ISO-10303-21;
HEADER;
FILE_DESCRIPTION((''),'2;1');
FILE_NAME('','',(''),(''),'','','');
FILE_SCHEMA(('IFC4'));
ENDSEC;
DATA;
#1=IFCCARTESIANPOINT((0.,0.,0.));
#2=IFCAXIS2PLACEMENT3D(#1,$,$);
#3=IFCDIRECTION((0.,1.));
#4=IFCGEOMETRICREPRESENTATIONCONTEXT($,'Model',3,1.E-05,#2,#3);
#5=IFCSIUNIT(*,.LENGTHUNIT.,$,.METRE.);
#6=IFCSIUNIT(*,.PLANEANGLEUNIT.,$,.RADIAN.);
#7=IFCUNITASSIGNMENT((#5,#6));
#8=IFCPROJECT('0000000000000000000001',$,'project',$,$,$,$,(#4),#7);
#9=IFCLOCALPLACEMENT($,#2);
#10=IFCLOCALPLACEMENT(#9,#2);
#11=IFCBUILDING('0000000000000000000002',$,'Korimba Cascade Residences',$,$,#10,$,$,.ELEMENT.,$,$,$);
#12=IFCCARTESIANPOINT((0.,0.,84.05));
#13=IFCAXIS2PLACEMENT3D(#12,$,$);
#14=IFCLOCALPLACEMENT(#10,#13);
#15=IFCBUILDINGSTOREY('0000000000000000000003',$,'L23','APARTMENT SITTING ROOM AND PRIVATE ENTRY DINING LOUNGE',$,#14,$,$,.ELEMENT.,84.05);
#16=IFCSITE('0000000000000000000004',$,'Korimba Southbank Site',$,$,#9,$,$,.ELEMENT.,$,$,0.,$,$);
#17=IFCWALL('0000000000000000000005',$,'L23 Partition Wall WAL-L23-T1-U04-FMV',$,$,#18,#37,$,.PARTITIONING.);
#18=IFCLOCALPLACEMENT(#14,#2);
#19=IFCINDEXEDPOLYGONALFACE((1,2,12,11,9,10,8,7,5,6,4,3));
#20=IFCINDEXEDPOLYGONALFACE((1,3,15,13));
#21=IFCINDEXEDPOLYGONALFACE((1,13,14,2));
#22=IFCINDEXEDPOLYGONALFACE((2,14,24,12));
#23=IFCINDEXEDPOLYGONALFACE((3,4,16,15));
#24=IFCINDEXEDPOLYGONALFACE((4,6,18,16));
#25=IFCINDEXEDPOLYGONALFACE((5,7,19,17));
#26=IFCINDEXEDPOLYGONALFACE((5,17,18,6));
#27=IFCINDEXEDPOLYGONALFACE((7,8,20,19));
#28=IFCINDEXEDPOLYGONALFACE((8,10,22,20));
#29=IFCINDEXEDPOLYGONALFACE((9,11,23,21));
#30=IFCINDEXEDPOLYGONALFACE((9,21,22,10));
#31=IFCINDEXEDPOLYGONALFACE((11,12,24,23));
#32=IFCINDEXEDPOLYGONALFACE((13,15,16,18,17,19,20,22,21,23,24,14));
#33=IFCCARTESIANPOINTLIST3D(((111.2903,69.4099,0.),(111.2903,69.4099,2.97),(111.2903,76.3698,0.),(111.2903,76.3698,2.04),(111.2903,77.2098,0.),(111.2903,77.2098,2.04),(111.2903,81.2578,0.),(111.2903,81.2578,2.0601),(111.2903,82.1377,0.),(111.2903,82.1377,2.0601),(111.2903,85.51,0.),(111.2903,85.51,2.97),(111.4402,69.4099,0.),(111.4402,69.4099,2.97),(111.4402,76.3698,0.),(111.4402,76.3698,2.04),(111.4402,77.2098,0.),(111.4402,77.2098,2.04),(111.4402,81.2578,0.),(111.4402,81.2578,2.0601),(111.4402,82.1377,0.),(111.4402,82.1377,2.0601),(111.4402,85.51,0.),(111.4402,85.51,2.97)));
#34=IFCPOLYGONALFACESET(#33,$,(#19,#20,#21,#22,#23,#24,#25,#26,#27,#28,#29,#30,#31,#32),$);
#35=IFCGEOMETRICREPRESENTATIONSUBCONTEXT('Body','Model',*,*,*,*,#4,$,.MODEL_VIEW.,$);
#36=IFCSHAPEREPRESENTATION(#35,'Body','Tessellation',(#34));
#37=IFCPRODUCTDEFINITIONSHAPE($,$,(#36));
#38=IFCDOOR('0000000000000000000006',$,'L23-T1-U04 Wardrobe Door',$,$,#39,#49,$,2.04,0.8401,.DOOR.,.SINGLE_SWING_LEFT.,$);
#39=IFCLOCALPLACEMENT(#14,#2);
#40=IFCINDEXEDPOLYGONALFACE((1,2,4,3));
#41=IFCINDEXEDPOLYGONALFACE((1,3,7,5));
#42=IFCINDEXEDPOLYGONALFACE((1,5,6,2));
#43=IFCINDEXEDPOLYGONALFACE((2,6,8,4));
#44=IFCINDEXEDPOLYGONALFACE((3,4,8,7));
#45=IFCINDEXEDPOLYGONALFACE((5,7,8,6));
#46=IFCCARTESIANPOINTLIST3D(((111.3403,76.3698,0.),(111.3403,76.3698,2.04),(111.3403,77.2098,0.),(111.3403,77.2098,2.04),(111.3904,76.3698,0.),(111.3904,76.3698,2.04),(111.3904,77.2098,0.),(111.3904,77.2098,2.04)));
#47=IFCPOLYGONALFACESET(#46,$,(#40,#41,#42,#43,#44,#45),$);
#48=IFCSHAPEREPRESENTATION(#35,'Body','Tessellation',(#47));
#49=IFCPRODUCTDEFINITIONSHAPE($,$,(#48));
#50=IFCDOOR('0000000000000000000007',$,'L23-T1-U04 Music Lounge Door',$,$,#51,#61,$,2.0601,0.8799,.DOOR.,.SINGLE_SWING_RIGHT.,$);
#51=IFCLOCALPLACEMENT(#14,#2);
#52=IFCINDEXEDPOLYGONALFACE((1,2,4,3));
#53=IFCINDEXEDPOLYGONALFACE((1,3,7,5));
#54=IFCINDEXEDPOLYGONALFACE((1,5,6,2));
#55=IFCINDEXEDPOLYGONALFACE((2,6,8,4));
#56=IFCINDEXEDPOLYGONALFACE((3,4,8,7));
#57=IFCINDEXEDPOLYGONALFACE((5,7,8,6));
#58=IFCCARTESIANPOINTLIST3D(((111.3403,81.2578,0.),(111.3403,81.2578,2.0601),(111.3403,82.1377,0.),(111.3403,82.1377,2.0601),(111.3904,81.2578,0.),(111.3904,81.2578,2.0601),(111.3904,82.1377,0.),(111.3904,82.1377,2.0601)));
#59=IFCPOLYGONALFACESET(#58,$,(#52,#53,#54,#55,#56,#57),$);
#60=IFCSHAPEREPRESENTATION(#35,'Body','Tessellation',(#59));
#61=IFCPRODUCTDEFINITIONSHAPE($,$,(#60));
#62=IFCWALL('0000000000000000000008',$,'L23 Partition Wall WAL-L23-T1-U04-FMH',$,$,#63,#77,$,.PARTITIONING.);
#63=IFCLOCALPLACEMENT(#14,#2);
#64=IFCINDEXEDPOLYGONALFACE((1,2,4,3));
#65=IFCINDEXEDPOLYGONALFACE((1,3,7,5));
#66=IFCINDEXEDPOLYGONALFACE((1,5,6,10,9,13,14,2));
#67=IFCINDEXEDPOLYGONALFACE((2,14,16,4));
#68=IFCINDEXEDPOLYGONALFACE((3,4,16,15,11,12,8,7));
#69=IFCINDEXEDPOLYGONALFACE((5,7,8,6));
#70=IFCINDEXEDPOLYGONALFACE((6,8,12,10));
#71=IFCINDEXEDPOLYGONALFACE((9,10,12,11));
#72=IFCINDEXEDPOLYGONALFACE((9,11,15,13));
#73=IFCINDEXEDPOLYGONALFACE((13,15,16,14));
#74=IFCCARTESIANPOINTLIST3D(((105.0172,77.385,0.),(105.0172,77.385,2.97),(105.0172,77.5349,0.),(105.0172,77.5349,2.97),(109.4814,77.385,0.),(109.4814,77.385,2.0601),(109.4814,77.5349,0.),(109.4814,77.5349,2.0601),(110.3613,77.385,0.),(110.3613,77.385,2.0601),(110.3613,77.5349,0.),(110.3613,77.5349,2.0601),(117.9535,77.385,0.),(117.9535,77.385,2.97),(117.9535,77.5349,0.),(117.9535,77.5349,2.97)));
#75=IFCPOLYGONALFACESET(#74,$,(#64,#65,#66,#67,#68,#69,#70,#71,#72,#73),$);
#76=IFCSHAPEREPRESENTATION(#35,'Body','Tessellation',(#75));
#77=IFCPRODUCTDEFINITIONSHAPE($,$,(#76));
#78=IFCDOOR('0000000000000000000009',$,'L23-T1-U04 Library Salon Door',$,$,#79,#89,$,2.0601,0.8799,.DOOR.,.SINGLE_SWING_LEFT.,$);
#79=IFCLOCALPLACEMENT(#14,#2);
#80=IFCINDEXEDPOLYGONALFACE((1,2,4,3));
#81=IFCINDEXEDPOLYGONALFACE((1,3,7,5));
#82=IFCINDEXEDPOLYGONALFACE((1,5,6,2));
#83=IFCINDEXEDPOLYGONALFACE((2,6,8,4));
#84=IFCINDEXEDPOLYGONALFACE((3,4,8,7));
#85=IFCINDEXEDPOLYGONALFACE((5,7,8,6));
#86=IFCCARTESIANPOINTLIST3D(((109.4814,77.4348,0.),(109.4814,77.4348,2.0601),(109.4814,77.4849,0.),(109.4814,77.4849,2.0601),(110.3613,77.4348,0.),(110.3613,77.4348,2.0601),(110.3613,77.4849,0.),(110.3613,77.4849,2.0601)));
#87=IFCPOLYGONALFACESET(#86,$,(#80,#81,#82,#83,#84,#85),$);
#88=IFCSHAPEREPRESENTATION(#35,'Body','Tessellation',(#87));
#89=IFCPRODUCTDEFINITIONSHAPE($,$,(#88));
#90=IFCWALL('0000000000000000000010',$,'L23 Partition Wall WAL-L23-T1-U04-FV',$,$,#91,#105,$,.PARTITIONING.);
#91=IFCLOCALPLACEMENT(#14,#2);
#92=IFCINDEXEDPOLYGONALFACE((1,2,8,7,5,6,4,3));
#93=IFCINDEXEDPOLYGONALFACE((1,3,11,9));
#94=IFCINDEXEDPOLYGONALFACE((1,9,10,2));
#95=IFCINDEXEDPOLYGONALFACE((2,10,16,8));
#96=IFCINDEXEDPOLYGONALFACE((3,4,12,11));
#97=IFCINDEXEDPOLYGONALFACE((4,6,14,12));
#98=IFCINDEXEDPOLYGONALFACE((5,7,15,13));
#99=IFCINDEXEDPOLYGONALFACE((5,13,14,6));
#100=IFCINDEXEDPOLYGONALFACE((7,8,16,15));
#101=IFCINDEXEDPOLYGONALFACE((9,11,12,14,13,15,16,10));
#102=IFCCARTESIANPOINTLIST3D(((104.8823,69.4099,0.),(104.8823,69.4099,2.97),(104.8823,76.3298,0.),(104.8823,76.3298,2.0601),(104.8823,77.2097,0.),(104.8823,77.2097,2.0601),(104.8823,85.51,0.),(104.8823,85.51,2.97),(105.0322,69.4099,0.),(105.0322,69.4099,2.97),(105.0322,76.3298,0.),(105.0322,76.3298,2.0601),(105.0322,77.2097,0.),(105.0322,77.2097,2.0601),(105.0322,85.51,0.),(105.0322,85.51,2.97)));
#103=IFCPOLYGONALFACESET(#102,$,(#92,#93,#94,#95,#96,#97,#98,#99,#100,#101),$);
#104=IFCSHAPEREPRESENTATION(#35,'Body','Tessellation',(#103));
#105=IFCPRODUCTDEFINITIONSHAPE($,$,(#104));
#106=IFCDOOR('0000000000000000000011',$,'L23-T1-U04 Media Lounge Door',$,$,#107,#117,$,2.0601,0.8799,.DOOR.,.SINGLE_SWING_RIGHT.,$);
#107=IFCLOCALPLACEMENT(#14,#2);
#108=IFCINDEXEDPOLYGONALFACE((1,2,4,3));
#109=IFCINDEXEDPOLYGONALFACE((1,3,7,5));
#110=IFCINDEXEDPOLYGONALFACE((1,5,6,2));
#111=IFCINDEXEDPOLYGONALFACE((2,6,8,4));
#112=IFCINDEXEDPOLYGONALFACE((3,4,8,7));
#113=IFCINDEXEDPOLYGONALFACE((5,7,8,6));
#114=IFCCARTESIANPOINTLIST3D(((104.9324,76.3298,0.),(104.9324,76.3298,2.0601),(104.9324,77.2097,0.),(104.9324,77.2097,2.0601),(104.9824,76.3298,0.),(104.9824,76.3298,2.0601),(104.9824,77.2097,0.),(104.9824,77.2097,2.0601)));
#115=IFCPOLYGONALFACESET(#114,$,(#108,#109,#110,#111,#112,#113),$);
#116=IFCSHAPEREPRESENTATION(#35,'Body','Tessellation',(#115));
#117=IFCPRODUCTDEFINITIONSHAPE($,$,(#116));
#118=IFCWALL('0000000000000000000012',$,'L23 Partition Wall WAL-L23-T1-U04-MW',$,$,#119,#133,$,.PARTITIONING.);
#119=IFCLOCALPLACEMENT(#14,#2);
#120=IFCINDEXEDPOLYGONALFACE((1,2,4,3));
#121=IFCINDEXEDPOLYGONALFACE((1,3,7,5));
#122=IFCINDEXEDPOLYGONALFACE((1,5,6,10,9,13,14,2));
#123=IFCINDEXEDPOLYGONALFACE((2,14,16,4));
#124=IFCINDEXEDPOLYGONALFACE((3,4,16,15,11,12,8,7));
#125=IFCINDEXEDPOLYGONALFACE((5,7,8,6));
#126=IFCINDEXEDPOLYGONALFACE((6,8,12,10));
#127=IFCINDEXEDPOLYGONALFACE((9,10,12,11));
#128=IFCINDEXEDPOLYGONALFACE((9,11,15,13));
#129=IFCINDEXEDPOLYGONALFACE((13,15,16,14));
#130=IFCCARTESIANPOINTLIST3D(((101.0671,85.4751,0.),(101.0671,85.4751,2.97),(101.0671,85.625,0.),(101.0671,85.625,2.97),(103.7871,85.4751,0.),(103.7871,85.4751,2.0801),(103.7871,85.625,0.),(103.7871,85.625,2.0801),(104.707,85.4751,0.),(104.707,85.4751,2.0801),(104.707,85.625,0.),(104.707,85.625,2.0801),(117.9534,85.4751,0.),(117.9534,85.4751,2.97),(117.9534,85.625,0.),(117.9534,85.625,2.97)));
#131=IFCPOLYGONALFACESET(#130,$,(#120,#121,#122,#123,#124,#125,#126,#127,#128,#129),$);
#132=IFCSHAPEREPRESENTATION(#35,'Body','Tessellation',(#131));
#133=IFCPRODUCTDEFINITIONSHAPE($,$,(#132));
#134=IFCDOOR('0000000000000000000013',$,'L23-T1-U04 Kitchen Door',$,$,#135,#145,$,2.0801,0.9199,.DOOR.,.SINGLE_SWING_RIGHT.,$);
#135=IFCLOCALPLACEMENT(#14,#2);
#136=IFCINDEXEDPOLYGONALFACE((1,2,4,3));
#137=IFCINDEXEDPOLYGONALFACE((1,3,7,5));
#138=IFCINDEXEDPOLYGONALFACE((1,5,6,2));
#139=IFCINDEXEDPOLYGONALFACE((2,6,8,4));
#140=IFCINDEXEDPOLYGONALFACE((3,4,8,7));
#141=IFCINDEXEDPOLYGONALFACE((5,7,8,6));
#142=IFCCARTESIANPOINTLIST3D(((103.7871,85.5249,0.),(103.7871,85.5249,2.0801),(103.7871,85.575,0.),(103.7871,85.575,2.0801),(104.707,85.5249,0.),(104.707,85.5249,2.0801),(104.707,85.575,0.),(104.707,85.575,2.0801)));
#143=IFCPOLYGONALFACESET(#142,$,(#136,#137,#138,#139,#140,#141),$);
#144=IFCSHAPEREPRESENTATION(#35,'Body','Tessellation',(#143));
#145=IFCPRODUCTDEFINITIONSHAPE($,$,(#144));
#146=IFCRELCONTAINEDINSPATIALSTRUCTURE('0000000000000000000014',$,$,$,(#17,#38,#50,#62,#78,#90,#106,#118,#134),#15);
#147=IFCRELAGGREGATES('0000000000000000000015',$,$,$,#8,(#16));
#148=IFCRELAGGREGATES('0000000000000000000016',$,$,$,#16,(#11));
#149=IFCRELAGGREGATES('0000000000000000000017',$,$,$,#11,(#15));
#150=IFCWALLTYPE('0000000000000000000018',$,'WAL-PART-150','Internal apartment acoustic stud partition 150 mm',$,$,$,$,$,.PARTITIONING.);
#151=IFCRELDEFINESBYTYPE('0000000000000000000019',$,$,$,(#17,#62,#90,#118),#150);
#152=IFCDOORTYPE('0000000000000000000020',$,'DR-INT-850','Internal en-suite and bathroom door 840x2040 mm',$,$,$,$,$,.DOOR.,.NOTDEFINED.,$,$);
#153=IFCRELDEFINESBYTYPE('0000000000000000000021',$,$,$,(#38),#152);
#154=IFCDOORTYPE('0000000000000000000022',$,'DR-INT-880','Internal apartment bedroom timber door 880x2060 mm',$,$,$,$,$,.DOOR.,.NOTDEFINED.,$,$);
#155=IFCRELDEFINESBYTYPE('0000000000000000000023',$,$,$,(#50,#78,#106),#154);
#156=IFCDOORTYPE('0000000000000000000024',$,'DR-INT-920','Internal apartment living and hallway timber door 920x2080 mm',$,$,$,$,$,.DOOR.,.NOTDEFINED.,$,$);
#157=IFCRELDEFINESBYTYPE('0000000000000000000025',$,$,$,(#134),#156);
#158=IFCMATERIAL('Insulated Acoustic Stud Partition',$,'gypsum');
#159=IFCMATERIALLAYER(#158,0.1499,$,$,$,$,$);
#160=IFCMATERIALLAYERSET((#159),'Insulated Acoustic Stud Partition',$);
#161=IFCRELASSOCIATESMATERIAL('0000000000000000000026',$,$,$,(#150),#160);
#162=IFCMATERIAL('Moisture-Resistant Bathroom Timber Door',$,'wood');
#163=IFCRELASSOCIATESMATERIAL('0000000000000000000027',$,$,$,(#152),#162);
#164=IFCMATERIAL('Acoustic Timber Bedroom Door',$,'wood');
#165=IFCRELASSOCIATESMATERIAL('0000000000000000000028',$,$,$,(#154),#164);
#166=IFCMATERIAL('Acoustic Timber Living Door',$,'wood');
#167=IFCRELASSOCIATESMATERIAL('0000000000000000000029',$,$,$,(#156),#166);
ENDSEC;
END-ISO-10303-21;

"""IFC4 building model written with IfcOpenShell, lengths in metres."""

from ifc_helpers import new_model, si_unit, direction, frame, frame_2d, origin, place, context, subcontext, project, spatial, rectangle, extrude, material, layer, layer_set, type_object, element, fill, save


model = new_model("IFC4")

# Units and contexts
model_context = context("Model", 3, precision=1e-05, world=origin(), true_north=direction((0.0, 1.0)))
body_context = subcontext(model_context, "Body", "Model", "MODEL_VIEW")
ifc_project = project(units=[si_unit("LENGTHUNIT", "METRE"), si_unit("PLANEANGLEUNIT", "RADIAN")], contexts=[model_context])

# Site, building, storey
site_placement = place(None, origin())
site = spatial("IfcSite", under=ifc_project, at=site_placement, Name="Korimba Southbank Site", CompositionType="ELEMENT", RefElevation=0.0)
building_placement = place(site_placement, origin())
building = spatial("IfcBuilding", under=site, at=building_placement, Name="Korimba Cascade Residences", CompositionType="ELEMENT")
storey_placement = place(building_placement, frame((0.0, 0.0, 84.05)))
storey = spatial("IfcBuildingStorey", under=building, at=storey_placement, Name="L23", Description="APARTMENT SITTING ROOM AND PRIVATE ENTRY DINING LOUNGE", CompositionType="ELEMENT", Elevation=84.05)

# Shared definitions
ifc_material_1 = material(Name="Insulated Acoustic Stud Partition", Category="gypsum")
ifc_layer_1 = layer(ifc_material_1, 0.1499)
ifc_layer_set_1 = layer_set([ifc_layer_1], Name="Insulated Acoustic Stud Partition")
wall_type_1 = type_object("IfcWallType", Name="WAL-PART-150", Description="Internal apartment acoustic stud partition 150 mm", PredefinedType="PARTITIONING", material=ifc_layer_set_1)
ifc_material_2 = material(Name="Moisture-Resistant Bathroom Timber Door", Category="wood")
door_type_1 = type_object("IfcDoorType", Name="DR-INT-850", Description="Internal en-suite and bathroom door 840x2040 mm", OperationType="NOTDEFINED", PredefinedType="DOOR", material=ifc_material_2)

# Wall, openings, doors
ifc_material_3 = material(Name="Acoustic Timber Bedroom Door", Category="wood")
door_type_2 = type_object("IfcDoorType", Name="DR-INT-880", Description="Internal apartment bedroom timber door 880x2060 mm", OperationType="NOTDEFINED", PredefinedType="DOOR", material=ifc_material_3)
wall_1_placement = place(storey_placement, frame((111.3652, 69.4099, 0.0), z_axis=(0.0, 0.0, 1.0), x_axis=(0.0, 1.0, 0.0)))
wall_1 = element("IfcWall", 1, at=wall_1_placement, inside=storey, type_object=wall_type_1, Name="L23 Partition Wall WAL-L23-T1-U04-FMV", PredefinedType="PARTITIONING", context=body_context, shape_type="SweptSolid", body=[
    extrude(rectangle(XDim=16.1001, YDim=0.1499, at=frame_2d((8.05, 0.0))), origin(), (0.0, 0.0, 1.0), 2.97),
])
opening_1_placement = place(wall_1_placement, frame((6.96, 0.0, 0.0)))
opening_1 = element("IfcOpeningElement", 2, at=opening_1_placement, cuts=wall_1, PredefinedType="OPENING", context=body_context, shape_type="SweptSolid", body=[
    extrude(rectangle(XDim=0.8401, YDim=2.04, at=frame_2d((0.4199, 1.02))), frame((0.0, 0.085, 0.0), z_axis=(0.0, -1.0, 0.0), x_axis=(1.0, 0.0, 0.0)), (0.0, 0.0, 1.0), 0.1699),
])
opening_2_placement = place(wall_1_placement, frame((11.8479, 0.0, 0.0)))
opening_2 = element("IfcOpeningElement", 3, at=opening_2_placement, cuts=wall_1, PredefinedType="OPENING", context=body_context, shape_type="SweptSolid", body=[
    extrude(rectangle(XDim=0.8799, YDim=2.0601, at=frame_2d((0.4399, 1.03))), frame((0.0, 0.085, 0.0), z_axis=(0.0, -1.0, 0.0), x_axis=(1.0, 0.0, 0.0)), (0.0, 0.0, 1.0), 0.1699),
])
door_1_placement = place(opening_1_placement, origin())
door_1 = element("IfcDoor", 4, at=door_1_placement, inside=storey, type_object=door_type_1, Name="L23-T1-U04 Wardrobe Door", OperationType="SINGLE_SWING_LEFT", OverallHeight=2.04, OverallWidth=0.8401, PredefinedType="DOOR", context=body_context, shape_type="SweptSolid", body=[
    extrude(rectangle(XDim=0.8401, YDim=2.04, at=frame_2d((0.4199, 1.02))), frame((0.0, 0.0249, 0.0), z_axis=(0.0, -1.0, 0.0), x_axis=(1.0, 0.0, 0.0)), (0.0, 0.0, 1.0), 0.05),
])
fill(opening_1, door_1)
door_2_placement = place(opening_2_placement, origin())
door_2 = element("IfcDoor", 5, at=door_2_placement, inside=storey, type_object=door_type_2, Name="L23-T1-U04 Music Lounge Door", OperationType="SINGLE_SWING_RIGHT", OverallHeight=2.0601, OverallWidth=0.8799, PredefinedType="DOOR", context=body_context, shape_type="SweptSolid", body=[
    extrude(rectangle(XDim=0.8799, YDim=2.0601, at=frame_2d((0.4399, 1.03))), frame((0.0, 0.0249, 0.0), z_axis=(0.0, -1.0, 0.0), x_axis=(1.0, 0.0, 0.0)), (0.0, 0.0, 1.0), 0.05),
])
fill(opening_2, door_2)

# Walls, openings, doors
wall_2_placement = place(storey_placement, frame((105.0171, 77.46, 0.0), z_axis=(0.0, 0.0, 1.0), x_axis=(1.0, 0.0, 0.0)))
wall_2 = element("IfcWall", 6, at=wall_2_placement, inside=storey, type_object=wall_type_1, Name="L23 Partition Wall WAL-L23-T1-U04-FMH", PredefinedType="PARTITIONING", context=body_context, shape_type="SweptSolid", body=[
    extrude(rectangle(XDim=12.9363, YDim=0.1499, at=frame_2d((6.4683, 0.0))), origin(), (0.0, 0.0, 1.0), 2.97),
])
opening_3_placement = place(wall_2_placement, frame((4.4644, 0.0, 0.0)))
opening_3 = element("IfcOpeningElement", 7, at=opening_3_placement, cuts=wall_2, PredefinedType="OPENING", context=body_context, shape_type="SweptSolid", body=[
    extrude(rectangle(XDim=0.8799, YDim=2.0601, at=frame_2d((0.4399, 1.03))), frame((0.0, 0.085, 0.0), z_axis=(0.0, -1.0, 0.0), x_axis=(1.0, 0.0, 0.0)), (0.0, 0.0, 1.0), 0.1699),
])
door_3_placement = place(opening_3_placement, origin())
door_3 = element("IfcDoor", 8, at=door_3_placement, inside=storey, type_object=door_type_2, Name="L23-T1-U04 Library Salon Door", OperationType="SINGLE_SWING_LEFT", OverallHeight=2.0601, OverallWidth=0.8799, PredefinedType="DOOR", context=body_context, shape_type="SweptSolid", body=[
    extrude(rectangle(XDim=0.8799, YDim=2.0601, at=frame_2d((0.4399, 1.03))), frame((0.0, 0.0249, 0.0), z_axis=(0.0, -1.0, 0.0), x_axis=(1.0, 0.0, 0.0)), (0.0, 0.0, 1.0), 0.05),
])
fill(opening_3, door_3)
wall_3_placement = place(storey_placement, frame((104.9573, 69.4099, 0.0), z_axis=(0.0, 0.0, 1.0), x_axis=(0.0, 1.0, 0.0)))
wall_3 = element("IfcWall", 9, at=wall_3_placement, inside=storey, type_object=wall_type_1, Name="L23 Partition Wall WAL-L23-T1-U04-FV", PredefinedType="PARTITIONING", context=body_context, shape_type="SweptSolid", body=[
    extrude(rectangle(XDim=16.1001, YDim=0.1499, at=frame_2d((8.05, 0.0))), origin(), (0.0, 0.0, 1.0), 2.97),
])
opening_4_placement = place(wall_3_placement, frame((6.9199, 0.0, 0.0)))
opening_4 = element("IfcOpeningElement", 10, at=opening_4_placement, cuts=wall_3, PredefinedType="OPENING", context=body_context, shape_type="SweptSolid", body=[
    extrude(rectangle(XDim=0.8799, YDim=2.0601, at=frame_2d((0.4399, 1.03))), frame((0.0, 0.085, 0.0), z_axis=(0.0, -1.0, 0.0), x_axis=(1.0, 0.0, 0.0)), (0.0, 0.0, 1.0), 0.1699),
])
door_4_placement = place(opening_4_placement, origin())
door_4 = element("IfcDoor", 11, at=door_4_placement, inside=storey, type_object=door_type_2, Name="L23-T1-U04 Media Lounge Door", OperationType="SINGLE_SWING_RIGHT", OverallHeight=2.0601, OverallWidth=0.8799, PredefinedType="DOOR", context=body_context, shape_type="SweptSolid", body=[
    extrude(rectangle(XDim=0.8799, YDim=2.0601, at=frame_2d((0.4399, 1.03))), frame((0.0, 0.0249, 0.0), z_axis=(0.0, -1.0, 0.0), x_axis=(1.0, 0.0, 0.0)), (0.0, 0.0, 1.0), 0.05),
])
fill(opening_4, door_4)
wall_4_placement = place(storey_placement, frame((101.0671, 85.55, 0.0), z_axis=(0.0, 0.0, 1.0), x_axis=(1.0, 0.0, 0.0)))
wall_4 = element("IfcWall", 12, at=wall_4_placement, inside=storey, type_object=wall_type_1, Name="L23 Partition Wall WAL-L23-T1-U04-MW", PredefinedType="PARTITIONING", context=body_context, shape_type="SweptSolid", body=[
    extrude(rectangle(XDim=16.8862, YDim=0.1499, at=frame_2d((8.4431, 0.0))), origin(), (0.0, 0.0, 1.0), 2.97),
])
opening_5_placement = place(wall_4_placement, frame((2.72, 0.0, 0.0)))
opening_5 = element("IfcOpeningElement", 13, at=opening_5_placement, cuts=wall_4, PredefinedType="OPENING", context=body_context, shape_type="SweptSolid", body=[
    extrude(rectangle(XDim=0.9199, YDim=2.0801, at=frame_2d((0.46, 1.04))), frame((0.0, 0.085, 0.0), z_axis=(0.0, -1.0, 0.0), x_axis=(1.0, 0.0, 0.0)), (0.0, 0.0, 1.0), 0.1699),
])
ifc_material_4 = material(Name="Acoustic Timber Living Door", Category="wood")
door_type_3 = type_object("IfcDoorType", Name="DR-INT-920", Description="Internal apartment living and hallway timber door 920x2080 mm", OperationType="NOTDEFINED", PredefinedType="DOOR", material=ifc_material_4)
door_5_placement = place(opening_5_placement, origin())
door_5 = element("IfcDoor", 14, at=door_5_placement, inside=storey, type_object=door_type_3, Name="L23-T1-U04 Kitchen Door", OperationType="SINGLE_SWING_RIGHT", OverallHeight=2.0801, OverallWidth=0.9199, PredefinedType="DOOR", context=body_context, shape_type="SweptSolid", body=[
    extrude(rectangle(XDim=0.9199, YDim=2.0801, at=frame_2d((0.46, 1.04))), frame((0.0, 0.0249, 0.0), z_axis=(0.0, -1.0, 0.0), x_axis=(1.0, 0.0, 0.0)), (0.0, 0.0, 1.0), 0.05),
])
fill(opening_5, door_5)

save(model, "model.ifc")
